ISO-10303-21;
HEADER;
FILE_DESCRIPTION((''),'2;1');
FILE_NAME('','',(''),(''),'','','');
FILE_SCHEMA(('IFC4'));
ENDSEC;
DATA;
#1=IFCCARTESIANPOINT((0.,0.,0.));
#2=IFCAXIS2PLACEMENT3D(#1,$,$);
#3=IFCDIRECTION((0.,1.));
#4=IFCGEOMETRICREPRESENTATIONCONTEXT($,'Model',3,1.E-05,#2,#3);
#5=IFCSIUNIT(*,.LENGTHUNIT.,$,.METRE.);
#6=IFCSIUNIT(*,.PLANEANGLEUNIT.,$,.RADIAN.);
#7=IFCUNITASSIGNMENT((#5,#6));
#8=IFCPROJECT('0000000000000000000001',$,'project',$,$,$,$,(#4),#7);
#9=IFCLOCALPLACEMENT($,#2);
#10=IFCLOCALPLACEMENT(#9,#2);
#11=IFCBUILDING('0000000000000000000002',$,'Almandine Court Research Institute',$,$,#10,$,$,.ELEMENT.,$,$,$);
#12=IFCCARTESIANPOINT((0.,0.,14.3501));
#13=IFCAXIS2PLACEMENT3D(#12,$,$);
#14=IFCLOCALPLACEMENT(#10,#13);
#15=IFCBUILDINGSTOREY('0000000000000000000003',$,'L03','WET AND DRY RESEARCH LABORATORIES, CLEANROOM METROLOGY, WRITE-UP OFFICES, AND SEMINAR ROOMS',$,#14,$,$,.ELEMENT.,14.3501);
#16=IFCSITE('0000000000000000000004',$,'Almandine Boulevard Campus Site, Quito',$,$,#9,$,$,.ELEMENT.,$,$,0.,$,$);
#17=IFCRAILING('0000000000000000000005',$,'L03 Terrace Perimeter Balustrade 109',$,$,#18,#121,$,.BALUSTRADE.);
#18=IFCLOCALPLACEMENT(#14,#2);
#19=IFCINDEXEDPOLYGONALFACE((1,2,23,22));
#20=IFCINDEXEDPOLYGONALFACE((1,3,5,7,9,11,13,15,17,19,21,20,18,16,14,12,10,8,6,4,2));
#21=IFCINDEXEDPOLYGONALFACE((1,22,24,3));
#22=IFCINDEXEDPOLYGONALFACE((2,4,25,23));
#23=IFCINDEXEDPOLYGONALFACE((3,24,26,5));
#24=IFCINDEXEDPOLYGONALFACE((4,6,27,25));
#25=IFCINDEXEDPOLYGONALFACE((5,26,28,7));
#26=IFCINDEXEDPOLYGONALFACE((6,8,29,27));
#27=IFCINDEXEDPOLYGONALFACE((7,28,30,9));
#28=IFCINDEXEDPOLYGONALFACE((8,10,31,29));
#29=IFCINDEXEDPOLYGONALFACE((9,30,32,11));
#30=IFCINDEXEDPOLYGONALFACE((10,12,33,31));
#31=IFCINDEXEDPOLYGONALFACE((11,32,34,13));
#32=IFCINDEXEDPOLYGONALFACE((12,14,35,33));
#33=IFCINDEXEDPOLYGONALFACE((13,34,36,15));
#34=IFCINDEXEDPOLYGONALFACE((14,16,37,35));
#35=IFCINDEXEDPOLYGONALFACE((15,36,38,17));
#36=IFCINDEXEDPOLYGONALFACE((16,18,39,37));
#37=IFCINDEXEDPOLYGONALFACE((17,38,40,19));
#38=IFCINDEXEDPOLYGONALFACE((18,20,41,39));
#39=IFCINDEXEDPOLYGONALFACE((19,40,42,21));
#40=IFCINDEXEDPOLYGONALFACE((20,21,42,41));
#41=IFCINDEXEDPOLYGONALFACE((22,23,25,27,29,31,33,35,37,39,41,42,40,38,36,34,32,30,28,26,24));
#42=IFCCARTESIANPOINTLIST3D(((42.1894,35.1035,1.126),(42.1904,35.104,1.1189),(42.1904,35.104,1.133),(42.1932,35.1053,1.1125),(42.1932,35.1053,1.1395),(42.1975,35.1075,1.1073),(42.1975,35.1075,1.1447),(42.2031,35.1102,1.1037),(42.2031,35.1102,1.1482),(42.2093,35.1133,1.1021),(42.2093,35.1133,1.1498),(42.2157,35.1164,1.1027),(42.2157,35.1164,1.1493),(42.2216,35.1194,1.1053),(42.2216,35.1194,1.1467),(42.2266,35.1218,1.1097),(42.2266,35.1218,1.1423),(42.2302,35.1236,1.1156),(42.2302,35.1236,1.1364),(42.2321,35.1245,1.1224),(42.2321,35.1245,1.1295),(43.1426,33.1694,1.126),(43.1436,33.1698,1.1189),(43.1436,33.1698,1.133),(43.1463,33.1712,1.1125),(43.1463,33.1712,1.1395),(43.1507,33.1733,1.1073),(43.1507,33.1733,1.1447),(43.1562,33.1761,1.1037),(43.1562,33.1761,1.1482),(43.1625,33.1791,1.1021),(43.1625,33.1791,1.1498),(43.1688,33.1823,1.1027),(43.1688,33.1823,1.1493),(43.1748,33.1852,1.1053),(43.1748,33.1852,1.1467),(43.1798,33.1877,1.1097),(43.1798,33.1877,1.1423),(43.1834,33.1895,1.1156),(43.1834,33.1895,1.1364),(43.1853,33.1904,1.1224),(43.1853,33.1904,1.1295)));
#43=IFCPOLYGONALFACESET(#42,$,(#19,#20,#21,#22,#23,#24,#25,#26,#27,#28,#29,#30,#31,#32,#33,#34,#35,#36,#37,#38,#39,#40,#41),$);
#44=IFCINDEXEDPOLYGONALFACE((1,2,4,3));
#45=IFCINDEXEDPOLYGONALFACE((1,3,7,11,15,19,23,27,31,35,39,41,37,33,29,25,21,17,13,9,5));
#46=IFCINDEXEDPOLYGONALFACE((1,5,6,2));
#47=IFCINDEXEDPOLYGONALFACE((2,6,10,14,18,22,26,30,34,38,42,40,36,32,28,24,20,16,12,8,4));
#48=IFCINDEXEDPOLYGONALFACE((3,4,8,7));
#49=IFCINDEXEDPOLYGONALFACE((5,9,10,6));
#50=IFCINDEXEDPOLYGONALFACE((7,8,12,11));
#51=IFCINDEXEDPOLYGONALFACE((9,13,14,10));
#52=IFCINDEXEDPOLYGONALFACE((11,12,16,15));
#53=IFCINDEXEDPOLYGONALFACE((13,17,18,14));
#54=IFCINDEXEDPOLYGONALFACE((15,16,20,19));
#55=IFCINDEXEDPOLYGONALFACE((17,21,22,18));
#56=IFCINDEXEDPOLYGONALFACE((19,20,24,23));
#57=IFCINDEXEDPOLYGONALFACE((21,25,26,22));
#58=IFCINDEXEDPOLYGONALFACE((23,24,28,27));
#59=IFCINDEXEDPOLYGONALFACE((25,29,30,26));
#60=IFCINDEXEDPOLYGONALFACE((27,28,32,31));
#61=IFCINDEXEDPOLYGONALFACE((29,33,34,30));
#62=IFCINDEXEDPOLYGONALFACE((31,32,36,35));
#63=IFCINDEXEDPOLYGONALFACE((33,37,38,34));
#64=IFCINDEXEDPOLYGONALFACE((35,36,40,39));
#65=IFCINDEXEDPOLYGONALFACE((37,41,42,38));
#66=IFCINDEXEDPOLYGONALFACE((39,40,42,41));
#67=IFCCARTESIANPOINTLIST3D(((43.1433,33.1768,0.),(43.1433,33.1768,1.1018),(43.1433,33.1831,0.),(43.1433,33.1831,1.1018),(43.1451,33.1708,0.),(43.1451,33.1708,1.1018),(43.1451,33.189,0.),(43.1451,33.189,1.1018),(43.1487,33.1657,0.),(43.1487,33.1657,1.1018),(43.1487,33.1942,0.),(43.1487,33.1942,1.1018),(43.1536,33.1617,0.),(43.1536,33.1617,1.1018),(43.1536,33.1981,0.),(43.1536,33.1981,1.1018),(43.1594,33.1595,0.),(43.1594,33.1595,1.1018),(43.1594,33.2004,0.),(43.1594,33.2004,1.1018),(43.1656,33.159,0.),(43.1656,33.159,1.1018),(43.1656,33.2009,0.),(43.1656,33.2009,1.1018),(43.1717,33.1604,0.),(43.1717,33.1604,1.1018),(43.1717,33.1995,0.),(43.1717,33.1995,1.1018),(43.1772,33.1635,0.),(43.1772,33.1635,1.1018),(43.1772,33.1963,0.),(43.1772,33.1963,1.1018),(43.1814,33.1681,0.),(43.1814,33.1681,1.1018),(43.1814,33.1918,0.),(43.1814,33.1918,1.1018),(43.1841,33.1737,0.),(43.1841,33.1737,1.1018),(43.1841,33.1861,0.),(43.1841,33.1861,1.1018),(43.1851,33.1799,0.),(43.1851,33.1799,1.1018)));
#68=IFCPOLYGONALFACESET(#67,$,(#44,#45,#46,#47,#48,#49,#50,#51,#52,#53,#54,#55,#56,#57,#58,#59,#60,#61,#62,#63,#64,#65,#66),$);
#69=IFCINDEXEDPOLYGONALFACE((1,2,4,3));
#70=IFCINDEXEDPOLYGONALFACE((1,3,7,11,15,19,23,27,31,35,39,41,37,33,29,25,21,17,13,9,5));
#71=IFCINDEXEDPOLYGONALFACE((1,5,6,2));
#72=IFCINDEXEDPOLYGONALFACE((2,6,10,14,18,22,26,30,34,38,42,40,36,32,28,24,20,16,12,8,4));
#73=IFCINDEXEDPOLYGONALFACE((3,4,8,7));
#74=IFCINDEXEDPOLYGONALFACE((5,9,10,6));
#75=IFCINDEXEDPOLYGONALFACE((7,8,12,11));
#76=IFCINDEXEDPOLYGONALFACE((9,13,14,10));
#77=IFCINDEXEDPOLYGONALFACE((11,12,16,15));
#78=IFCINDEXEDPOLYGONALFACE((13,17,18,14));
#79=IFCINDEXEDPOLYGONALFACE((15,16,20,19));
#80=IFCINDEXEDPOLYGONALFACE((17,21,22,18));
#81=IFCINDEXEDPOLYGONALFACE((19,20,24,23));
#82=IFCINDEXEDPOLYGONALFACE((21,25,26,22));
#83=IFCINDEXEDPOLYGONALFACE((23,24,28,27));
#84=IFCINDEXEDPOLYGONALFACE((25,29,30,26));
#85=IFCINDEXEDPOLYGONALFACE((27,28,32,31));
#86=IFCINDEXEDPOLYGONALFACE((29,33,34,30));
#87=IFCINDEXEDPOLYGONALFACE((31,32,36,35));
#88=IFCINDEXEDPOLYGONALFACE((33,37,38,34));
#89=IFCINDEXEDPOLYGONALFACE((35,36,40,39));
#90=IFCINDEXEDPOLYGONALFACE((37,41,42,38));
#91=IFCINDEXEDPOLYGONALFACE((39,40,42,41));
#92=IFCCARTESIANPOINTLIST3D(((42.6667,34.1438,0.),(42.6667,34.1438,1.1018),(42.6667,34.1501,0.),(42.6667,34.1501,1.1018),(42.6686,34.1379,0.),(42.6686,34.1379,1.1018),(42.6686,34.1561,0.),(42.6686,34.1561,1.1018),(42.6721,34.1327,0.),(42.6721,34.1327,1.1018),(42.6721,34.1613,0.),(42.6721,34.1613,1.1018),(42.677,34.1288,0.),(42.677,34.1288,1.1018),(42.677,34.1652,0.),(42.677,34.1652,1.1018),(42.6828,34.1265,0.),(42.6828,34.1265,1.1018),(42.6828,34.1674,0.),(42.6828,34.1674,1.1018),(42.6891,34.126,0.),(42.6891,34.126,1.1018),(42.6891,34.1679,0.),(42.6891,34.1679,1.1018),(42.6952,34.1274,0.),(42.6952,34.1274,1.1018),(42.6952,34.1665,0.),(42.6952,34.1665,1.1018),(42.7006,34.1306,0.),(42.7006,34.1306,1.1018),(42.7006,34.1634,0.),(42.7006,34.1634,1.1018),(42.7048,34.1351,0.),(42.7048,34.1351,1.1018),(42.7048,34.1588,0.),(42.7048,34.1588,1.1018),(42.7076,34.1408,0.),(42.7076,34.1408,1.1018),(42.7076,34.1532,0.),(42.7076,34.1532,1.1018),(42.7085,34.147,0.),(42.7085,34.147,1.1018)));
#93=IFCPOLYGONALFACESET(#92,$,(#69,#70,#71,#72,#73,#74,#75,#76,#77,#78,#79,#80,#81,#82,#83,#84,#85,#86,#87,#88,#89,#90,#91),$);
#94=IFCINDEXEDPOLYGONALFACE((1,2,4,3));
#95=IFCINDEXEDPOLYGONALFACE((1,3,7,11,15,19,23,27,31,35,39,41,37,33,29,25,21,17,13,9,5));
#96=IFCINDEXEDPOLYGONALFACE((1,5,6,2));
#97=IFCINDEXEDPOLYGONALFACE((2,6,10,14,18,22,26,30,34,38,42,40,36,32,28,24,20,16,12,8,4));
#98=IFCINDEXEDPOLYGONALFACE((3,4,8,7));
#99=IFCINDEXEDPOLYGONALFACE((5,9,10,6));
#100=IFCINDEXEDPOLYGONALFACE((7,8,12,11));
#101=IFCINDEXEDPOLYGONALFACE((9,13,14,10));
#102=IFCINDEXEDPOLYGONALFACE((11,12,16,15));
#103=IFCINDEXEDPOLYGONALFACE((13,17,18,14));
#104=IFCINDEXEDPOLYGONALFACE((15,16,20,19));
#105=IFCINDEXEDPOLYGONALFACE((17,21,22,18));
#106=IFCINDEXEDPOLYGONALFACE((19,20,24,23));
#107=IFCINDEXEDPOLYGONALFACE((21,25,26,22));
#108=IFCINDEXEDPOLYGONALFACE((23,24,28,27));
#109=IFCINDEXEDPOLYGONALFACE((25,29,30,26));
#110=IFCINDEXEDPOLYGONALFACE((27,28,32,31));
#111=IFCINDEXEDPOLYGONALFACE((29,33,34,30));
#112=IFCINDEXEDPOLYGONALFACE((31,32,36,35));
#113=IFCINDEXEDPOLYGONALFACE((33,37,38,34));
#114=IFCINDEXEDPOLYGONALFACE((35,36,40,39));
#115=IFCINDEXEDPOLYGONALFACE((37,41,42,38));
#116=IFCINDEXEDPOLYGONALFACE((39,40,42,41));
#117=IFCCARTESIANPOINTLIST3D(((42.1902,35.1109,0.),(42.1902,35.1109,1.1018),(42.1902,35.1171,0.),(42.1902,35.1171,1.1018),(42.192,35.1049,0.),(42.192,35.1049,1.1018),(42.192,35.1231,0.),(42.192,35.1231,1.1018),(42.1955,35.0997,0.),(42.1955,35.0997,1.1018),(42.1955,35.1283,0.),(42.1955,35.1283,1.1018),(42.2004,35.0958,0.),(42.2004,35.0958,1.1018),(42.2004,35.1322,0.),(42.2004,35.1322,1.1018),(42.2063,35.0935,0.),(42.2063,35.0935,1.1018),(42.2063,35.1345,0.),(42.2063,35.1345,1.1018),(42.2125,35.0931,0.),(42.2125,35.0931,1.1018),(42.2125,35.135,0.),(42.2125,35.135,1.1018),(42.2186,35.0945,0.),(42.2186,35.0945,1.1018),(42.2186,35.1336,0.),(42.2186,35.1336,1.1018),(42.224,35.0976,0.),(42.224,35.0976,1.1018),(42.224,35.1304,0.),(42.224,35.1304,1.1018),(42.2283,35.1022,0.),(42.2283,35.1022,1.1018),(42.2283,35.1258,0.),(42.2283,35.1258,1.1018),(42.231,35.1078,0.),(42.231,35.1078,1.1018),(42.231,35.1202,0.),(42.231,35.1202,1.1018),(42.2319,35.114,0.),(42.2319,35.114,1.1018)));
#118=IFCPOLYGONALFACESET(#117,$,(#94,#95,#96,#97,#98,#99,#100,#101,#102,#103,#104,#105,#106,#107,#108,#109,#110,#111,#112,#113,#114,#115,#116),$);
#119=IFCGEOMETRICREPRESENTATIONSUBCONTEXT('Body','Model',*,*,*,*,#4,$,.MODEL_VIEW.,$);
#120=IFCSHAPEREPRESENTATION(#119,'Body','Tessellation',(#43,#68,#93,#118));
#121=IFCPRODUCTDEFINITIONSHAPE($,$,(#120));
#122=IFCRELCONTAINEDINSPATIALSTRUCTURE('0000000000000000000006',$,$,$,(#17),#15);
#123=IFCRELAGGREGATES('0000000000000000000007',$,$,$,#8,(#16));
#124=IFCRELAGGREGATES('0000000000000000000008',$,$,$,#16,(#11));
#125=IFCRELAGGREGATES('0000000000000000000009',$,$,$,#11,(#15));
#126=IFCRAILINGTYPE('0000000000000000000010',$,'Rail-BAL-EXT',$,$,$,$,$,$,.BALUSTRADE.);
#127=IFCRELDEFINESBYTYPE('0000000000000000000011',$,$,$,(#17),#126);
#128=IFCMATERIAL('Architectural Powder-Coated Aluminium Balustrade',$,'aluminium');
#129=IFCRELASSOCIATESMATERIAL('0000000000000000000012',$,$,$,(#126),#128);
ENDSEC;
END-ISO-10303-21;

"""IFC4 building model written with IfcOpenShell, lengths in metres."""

from ifc_helpers import new_model, si_unit, direction, frame, origin, origin_2d, place, context, subcontext, project, spatial, circle, extrude, material, type_object, element, save


model = new_model("IFC4")

# Units and contexts
model_context = context("Model", 3, precision=1e-05, world=origin(), true_north=direction((0.0, 1.0)))
body_context = subcontext(model_context, "Body", "Model", "MODEL_VIEW")
ifc_project = project(units=[si_unit("LENGTHUNIT", "METRE"), si_unit("PLANEANGLEUNIT", "RADIAN")], contexts=[model_context])

# Site, building, storey
site_placement = place(None, origin())
site = spatial("IfcSite", under=ifc_project, at=site_placement, Name="Almandine Boulevard Campus Site, Quito", CompositionType="ELEMENT", RefElevation=0.0)
building_placement = place(site_placement, origin())
building = spatial("IfcBuilding", under=site, at=building_placement, Name="Almandine Court Research Institute", CompositionType="ELEMENT")
storey_placement = place(building_placement, frame((0.0, 0.0, 14.3501)))
storey = spatial("IfcBuildingStorey", under=building, at=storey_placement, Name="L03", Description="WET AND DRY RESEARCH LABORATORIES, CLEANROOM METROLOGY, WRITE-UP OFFICES, AND SEMINAR ROOMS", CompositionType="ELEMENT", Elevation=14.3501)

# Railing
ifc_material_1 = material(Name="Architectural Powder-Coated Aluminium Balustrade", Category="aluminium")
railing_type = type_object("IfcRailingType", Name="Rail-BAL-EXT", PredefinedType="BALUSTRADE", material=ifc_material_1)
railing_1_placement = place(storey_placement, frame((43.1641, 33.1799, 0.0)))
element("IfcRailing", 1, at=railing_1_placement, inside=storey, type_object=railing_type, Name="L03 Terrace Perimeter Balustrade 109", PredefinedType="BALUSTRADE", context=body_context, shape_type="SweptSolid", body=[
    extrude(circle(Radius=0.0239, at=origin_2d()), frame((0.0, 0.0, 1.126), z_axis=(-0.442043, 0.896994, 0.0), x_axis=(-0.896994, -0.442043, 0.0)), (0.0, 0.0, 1.0), 2.1562),
    extrude(circle(Radius=0.021, at=origin_2d()), origin(), (0.0, 0.0, 1.0), 1.1018),
    extrude(circle(Radius=0.021, at=origin_2d()), frame((-0.4766, 0.967, 0.0)), (0.0, 0.0, 1.0), 1.1018),
    extrude(circle(Radius=0.021, at=origin_2d()), frame((-0.9531, 1.9341, 0.0)), (0.0, 0.0, 1.0), 1.1018),
])

save(model, "model.ifc")
